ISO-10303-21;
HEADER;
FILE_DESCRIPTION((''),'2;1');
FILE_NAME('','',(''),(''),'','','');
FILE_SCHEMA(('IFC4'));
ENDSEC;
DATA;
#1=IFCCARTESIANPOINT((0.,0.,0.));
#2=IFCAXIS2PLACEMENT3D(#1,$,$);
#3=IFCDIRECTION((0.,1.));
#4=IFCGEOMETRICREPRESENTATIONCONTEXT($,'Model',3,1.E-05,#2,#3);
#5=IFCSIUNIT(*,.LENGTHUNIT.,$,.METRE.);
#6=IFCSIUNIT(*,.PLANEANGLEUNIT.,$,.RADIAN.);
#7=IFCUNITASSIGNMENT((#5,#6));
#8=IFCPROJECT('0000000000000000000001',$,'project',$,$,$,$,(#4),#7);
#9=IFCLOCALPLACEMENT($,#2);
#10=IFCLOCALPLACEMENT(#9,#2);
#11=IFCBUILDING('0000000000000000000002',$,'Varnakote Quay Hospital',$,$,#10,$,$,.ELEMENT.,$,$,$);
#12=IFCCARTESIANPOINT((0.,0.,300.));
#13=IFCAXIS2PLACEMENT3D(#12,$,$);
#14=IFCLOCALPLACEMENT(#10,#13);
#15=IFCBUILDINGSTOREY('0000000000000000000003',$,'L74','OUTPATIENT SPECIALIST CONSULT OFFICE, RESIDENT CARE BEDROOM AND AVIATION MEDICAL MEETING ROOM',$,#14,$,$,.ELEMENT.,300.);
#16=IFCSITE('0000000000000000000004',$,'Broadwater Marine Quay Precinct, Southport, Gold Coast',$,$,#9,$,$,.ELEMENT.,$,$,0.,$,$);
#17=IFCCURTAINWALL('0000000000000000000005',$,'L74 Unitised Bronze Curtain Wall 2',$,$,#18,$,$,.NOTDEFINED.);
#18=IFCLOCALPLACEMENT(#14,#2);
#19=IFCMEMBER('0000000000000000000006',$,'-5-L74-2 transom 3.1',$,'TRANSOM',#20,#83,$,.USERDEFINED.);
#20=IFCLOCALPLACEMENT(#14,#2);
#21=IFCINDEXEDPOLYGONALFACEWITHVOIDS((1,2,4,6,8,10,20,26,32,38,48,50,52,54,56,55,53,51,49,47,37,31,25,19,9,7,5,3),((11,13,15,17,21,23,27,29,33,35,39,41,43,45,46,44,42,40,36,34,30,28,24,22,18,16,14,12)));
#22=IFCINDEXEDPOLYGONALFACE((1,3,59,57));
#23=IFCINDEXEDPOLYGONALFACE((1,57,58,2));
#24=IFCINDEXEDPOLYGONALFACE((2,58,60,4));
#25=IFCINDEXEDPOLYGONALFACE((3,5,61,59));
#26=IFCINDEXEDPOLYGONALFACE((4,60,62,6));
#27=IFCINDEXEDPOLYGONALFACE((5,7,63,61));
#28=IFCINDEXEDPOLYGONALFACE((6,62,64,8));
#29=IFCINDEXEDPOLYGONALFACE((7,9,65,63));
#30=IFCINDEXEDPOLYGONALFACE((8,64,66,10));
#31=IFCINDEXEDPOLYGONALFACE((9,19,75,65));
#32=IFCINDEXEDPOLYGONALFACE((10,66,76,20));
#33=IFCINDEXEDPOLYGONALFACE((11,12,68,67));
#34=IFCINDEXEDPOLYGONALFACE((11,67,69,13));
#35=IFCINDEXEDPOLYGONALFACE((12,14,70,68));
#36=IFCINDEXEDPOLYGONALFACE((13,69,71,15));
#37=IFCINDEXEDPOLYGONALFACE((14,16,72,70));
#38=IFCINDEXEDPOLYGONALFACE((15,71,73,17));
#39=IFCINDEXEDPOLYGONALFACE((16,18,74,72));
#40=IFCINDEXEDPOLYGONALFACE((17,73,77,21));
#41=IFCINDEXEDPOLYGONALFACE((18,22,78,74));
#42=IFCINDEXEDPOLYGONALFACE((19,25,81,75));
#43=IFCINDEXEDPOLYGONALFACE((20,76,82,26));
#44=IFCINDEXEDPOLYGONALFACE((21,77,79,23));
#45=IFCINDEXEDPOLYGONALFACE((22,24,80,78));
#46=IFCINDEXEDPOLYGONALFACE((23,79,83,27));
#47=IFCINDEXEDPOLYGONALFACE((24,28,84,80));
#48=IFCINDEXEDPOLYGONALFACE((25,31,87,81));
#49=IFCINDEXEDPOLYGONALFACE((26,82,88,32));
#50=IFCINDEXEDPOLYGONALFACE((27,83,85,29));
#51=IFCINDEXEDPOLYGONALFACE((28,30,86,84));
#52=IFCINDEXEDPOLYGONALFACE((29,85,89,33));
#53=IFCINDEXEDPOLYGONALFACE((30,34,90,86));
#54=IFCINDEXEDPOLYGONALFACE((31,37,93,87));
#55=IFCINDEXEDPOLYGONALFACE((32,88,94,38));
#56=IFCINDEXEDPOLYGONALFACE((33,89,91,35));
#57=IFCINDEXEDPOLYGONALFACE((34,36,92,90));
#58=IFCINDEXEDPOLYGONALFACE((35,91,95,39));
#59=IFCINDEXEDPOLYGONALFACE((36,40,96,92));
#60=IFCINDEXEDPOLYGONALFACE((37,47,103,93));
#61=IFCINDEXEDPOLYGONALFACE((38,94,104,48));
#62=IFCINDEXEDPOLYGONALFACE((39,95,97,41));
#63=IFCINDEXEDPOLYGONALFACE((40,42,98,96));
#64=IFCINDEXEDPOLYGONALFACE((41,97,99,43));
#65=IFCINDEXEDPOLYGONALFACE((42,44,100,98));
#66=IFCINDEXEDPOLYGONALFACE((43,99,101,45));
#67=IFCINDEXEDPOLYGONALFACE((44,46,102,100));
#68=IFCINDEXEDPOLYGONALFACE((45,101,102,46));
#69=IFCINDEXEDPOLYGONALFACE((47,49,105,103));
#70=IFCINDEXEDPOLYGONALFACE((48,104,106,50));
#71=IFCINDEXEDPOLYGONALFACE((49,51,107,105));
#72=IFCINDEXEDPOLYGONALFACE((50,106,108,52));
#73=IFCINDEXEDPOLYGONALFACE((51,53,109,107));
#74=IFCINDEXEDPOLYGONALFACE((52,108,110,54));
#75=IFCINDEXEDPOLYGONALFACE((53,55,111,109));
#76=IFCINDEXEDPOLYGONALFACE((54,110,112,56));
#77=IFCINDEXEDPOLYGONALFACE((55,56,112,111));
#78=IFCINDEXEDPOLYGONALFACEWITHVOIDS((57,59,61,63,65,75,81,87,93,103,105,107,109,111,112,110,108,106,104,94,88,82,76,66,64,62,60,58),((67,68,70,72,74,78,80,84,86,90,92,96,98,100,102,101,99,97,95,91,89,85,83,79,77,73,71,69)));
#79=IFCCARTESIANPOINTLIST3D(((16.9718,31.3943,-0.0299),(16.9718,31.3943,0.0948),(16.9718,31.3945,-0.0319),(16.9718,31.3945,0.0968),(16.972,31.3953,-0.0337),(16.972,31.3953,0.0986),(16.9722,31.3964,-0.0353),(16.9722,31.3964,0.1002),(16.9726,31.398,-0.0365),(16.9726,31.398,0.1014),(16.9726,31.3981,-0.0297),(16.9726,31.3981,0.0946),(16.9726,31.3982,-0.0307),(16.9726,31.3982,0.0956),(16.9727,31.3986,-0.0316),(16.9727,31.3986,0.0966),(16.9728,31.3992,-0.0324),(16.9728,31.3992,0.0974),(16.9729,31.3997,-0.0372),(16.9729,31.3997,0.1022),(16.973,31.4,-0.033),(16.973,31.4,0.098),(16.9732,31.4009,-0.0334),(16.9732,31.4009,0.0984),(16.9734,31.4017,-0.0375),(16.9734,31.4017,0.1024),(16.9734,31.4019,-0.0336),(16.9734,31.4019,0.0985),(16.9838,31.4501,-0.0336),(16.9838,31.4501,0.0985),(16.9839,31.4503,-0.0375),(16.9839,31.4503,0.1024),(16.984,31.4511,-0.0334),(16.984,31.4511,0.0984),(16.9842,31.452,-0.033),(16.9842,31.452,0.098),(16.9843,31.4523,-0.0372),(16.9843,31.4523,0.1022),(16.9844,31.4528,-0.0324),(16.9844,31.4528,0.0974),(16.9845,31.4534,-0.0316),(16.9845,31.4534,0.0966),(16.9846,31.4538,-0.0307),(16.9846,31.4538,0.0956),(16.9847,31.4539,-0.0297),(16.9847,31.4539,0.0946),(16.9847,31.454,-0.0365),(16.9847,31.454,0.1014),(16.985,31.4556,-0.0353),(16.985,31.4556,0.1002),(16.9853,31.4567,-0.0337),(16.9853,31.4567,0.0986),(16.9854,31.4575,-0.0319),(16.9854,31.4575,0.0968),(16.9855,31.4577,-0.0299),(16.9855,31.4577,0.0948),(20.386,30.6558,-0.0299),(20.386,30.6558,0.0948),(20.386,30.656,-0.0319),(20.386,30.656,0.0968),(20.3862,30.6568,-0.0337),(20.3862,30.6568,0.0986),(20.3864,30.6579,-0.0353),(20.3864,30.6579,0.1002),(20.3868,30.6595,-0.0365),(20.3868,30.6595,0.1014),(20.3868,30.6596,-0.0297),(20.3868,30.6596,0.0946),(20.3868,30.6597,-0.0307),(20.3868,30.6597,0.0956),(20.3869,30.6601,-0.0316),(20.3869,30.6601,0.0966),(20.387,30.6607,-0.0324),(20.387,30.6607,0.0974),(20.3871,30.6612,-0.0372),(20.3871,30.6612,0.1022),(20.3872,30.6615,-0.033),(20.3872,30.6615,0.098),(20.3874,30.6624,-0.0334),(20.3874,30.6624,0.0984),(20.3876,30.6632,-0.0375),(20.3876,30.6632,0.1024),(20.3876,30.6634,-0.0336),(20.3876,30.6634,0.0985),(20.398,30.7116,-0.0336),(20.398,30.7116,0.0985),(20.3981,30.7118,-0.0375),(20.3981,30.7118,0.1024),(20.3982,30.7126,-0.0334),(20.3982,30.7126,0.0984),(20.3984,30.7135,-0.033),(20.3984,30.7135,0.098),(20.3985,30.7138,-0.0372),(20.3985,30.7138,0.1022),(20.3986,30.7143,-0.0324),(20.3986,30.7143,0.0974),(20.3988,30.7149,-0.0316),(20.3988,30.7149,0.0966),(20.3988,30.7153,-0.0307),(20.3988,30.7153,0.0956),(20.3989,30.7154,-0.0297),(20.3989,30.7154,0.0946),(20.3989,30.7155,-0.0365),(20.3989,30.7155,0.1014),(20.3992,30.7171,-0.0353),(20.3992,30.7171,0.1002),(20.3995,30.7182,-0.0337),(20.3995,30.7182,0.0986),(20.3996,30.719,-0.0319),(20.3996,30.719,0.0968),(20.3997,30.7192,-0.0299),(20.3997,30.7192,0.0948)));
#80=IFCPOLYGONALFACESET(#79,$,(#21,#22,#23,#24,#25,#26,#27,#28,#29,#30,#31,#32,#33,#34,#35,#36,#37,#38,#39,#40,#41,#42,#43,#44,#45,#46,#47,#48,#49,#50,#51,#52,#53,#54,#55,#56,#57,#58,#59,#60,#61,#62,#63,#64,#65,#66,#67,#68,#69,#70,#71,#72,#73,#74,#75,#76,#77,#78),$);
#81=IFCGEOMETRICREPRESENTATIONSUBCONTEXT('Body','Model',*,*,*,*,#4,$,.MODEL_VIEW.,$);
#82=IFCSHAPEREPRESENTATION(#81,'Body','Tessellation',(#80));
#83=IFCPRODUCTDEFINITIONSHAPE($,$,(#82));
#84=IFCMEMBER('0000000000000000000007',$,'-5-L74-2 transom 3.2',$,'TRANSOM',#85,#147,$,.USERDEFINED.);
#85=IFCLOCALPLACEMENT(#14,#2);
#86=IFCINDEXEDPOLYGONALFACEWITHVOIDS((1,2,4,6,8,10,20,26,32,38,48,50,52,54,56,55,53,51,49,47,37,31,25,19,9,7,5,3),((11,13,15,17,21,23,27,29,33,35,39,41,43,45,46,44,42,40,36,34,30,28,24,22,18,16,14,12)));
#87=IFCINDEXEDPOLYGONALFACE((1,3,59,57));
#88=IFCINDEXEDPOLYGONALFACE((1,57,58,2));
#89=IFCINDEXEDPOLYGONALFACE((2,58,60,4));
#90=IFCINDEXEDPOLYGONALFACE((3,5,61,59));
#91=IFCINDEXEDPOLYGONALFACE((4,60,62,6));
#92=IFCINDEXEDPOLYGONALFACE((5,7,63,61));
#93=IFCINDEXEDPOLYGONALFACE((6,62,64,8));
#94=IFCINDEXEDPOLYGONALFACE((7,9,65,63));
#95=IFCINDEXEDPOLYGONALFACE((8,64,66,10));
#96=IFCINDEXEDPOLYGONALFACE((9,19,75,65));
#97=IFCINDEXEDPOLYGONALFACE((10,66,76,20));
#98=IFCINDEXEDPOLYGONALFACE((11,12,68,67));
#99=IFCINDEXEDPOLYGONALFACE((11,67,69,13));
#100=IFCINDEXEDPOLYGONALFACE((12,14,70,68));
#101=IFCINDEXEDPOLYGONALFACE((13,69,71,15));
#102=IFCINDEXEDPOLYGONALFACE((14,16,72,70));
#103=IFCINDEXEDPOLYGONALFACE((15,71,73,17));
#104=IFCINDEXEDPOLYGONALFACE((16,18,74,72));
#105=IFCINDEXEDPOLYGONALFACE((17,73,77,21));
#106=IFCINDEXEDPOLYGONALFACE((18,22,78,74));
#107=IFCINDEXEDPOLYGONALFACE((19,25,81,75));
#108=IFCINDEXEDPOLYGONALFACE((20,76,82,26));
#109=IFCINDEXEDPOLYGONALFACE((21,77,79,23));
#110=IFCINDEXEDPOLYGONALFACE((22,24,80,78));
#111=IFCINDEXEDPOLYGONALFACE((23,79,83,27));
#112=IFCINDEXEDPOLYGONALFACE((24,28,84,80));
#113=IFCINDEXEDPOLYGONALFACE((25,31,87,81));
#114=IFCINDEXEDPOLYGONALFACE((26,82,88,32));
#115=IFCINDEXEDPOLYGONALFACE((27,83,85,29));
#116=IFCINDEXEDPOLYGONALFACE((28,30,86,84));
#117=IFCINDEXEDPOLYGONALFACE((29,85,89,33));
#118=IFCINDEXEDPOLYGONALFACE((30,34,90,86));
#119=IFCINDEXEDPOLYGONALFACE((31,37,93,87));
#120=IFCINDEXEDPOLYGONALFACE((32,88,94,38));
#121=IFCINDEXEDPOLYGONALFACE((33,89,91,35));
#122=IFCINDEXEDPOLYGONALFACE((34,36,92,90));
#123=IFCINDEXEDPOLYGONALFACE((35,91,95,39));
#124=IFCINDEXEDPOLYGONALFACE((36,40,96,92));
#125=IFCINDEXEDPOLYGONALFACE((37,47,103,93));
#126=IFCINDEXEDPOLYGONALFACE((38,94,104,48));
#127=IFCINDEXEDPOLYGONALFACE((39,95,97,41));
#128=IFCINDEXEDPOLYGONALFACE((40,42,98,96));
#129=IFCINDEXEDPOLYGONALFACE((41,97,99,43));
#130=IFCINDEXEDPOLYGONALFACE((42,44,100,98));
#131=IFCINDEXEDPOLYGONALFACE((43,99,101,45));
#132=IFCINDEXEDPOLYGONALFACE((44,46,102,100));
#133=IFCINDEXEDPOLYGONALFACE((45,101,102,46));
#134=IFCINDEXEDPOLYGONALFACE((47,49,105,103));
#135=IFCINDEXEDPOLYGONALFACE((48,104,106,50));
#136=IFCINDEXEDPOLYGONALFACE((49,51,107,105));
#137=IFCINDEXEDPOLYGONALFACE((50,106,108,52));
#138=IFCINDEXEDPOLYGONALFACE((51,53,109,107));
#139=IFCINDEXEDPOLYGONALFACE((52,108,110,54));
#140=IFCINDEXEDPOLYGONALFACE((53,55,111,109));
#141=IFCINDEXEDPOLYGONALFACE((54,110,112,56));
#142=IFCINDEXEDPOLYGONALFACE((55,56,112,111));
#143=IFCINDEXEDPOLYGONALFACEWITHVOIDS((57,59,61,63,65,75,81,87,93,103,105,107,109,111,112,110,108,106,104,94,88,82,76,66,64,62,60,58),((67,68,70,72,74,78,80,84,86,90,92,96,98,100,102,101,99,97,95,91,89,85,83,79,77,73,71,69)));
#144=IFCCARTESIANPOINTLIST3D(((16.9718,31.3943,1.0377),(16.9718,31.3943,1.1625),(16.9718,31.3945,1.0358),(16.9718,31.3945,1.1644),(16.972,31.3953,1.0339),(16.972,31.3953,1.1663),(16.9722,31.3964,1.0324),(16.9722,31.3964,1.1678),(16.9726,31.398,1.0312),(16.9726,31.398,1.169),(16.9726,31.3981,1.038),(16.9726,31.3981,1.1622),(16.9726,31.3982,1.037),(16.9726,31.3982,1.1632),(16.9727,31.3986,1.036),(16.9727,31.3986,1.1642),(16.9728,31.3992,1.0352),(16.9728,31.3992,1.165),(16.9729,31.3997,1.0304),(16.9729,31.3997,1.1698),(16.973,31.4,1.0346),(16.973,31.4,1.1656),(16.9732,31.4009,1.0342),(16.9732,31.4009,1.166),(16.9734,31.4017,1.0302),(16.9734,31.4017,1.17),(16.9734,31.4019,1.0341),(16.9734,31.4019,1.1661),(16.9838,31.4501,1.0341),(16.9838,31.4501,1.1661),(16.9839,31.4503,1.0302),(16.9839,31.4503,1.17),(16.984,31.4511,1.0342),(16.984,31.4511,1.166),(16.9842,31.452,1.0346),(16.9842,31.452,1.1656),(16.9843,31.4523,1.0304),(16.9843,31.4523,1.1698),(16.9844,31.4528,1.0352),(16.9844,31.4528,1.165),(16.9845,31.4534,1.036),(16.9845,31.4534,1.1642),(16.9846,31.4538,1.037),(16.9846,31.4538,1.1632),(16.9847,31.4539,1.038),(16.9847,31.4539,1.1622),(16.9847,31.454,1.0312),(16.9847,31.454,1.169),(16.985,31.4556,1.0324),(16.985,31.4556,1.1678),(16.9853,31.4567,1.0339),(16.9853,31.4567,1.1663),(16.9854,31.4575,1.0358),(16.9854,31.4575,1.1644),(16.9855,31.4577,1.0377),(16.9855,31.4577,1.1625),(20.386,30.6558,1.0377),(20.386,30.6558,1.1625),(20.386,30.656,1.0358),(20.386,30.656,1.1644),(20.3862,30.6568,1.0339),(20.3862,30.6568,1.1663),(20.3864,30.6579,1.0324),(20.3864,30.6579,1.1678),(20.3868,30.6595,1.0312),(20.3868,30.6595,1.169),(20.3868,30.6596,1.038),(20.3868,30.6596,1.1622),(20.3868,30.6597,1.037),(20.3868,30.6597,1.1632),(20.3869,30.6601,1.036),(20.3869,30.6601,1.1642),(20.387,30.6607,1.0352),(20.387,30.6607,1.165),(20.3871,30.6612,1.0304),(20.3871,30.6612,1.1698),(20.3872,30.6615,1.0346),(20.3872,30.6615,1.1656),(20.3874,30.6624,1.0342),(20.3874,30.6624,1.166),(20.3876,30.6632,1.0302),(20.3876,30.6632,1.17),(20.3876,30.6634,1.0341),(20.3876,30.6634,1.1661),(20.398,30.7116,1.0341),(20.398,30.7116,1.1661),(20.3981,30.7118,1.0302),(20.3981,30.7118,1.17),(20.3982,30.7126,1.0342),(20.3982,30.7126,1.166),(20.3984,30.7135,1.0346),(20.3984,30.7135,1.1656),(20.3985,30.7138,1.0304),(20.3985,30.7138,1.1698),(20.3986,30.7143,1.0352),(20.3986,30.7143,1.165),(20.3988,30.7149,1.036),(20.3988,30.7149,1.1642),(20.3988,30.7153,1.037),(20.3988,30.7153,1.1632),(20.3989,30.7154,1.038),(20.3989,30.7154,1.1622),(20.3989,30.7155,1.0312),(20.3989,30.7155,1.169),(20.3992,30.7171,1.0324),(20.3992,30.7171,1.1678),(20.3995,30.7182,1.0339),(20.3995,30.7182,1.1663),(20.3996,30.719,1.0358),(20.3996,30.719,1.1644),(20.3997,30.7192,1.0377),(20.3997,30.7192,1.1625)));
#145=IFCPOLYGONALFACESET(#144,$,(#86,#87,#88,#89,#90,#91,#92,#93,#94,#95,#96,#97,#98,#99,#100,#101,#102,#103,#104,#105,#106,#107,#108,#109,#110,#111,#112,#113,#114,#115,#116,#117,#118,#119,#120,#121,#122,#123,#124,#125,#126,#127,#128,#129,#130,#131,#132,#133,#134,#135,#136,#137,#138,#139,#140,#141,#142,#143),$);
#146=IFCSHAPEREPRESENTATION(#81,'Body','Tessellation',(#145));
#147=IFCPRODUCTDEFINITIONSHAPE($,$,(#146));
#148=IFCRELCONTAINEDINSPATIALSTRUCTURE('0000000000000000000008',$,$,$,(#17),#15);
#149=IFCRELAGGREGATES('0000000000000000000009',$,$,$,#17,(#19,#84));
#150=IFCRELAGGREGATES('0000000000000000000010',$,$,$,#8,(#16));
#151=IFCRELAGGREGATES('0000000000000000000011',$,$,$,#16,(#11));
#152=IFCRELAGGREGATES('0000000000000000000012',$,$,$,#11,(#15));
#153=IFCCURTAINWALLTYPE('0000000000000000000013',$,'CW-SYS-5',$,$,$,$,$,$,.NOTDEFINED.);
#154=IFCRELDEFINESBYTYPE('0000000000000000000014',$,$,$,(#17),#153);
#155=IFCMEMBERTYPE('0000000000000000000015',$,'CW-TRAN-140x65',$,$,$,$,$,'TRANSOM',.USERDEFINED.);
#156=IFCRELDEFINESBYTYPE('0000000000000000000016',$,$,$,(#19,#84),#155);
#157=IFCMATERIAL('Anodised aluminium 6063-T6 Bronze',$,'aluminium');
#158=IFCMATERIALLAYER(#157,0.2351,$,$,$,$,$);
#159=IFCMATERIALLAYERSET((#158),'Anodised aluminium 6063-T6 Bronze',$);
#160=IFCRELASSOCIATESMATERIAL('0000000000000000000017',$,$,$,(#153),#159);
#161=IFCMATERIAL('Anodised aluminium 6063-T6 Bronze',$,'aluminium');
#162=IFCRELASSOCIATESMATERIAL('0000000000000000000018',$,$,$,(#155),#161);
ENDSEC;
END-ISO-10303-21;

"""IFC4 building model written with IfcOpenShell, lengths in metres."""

from ifc_helpers import new_model, si_unit, direction, frame, origin, origin_2d, place, context, subcontext, project, spatial, hollow_rectangle, extrude, material, layer, layer_set, material_profile, profile_set, type_object, element, aggregate, save


model = new_model("IFC4")

# Units and contexts
model_context = context("Model", 3, precision=1e-05, world=origin(), true_north=direction((0.0, 1.0)))
body_context = subcontext(model_context, "Body", "Model", "MODEL_VIEW")
ifc_project = project(units=[si_unit("LENGTHUNIT", "METRE"), si_unit("PLANEANGLEUNIT", "RADIAN")], contexts=[model_context])

# Site, building, storey
site_placement = place(None, origin())
site = spatial("IfcSite", under=ifc_project, at=site_placement, Name="Broadwater Marine Quay Precinct, Southport, Gold Coast", CompositionType="ELEMENT", RefElevation=0.0)
building_placement = place(site_placement, origin())
building = spatial("IfcBuilding", under=site, at=building_placement, Name="Varnakote Quay Hospital", CompositionType="ELEMENT")
storey_placement = place(building_placement, frame((0.0, 0.0, 300.0)))
storey = spatial("IfcBuildingStorey", under=building, at=storey_placement, Name="L74", Description="OUTPATIENT SPECIALIST CONSULT OFFICE, RESIDENT CARE BEDROOM AND AVIATION MEDICAL MEETING ROOM", CompositionType="ELEMENT", Elevation=300.0)

# Shared definitions
ifc_material_1 = material(Name="Anodised aluminium 6063-T6 Bronze", Category="aluminium")
ifc_layer_1 = layer(ifc_material_1, 0.2351)
ifc_layer_set_1 = layer_set([ifc_layer_1], Name="Anodised aluminium 6063-T6 Bronze")
curtain_wall_type = type_object("IfcCurtainWallType", Name="CW-SYS-5", PredefinedType="NOTDEFINED", material=ifc_layer_set_1)

# Curtain wall, members
curtain_wall_1_placement = place(storey_placement, origin())
curtain_wall_1 = element("IfcCurtainWall", 1, at=curtain_wall_1_placement, inside=storey, type_object=curtain_wall_type, Name="L74 Unitised Bronze Curtain Wall 2", PredefinedType="NOTDEFINED")
ifc_material_2 = material(Name="Anodised aluminium 6063-T6 Bronze", Category="aluminium")
ifc_material_profile_1 = material_profile(ifc_material_2, hollow_rectangle(XDim=0.0649, YDim=0.1399, WallThickness=0.0039, InnerFilletRadius=0.0039, OuterFilletRadius=0.0076, at=origin_2d()), Name="CW-TRAN-140x65")
ifc_profile_set_1 = profile_set([ifc_material_profile_1], Name="Anodised aluminium 6063-T6 Bronze")
member_type_1 = type_object("IfcMemberType", Name="CW-TRAN-140x65", ElementType="TRANSOM", PredefinedType="USERDEFINED", material=ifc_profile_set_1)
member_1_placement = place(storey_placement, frame((20.3928, 30.6875, 0.0325), z_axis=(-0.977397, 0.211414, 0.0), x_axis=(-0.211414, -0.977397, 0.0)))
member_1 = element("IfcMember", 2, at=member_1_placement, type_object=member_type_1, Name="-5-L74-2 transom 3.1", ObjectType="TRANSOM", PredefinedType="USERDEFINED", context=body_context, shape_type="SweptSolid", body=[
    extrude(hollow_rectangle(XDim=0.0649, YDim=0.1399, WallThickness=0.0039, InnerFilletRadius=0.0039, OuterFilletRadius=0.0076, at=origin_2d()), origin(), (0.0, 0.0, 1.0), 3.4932),
])
member_2_placement = place(storey_placement, frame((20.3928, 30.6875, 1.1001), z_axis=(-0.977397, 0.211414, 0.0), x_axis=(-0.211414, -0.977397, 0.0)))
member_2 = element("IfcMember", 3, at=member_2_placement, type_object=member_type_1, Name="-5-L74-2 transom 3.2", ObjectType="TRANSOM", PredefinedType="USERDEFINED", context=body_context, shape_type="SweptSolid", body=[
    extrude(hollow_rectangle(XDim=0.0649, YDim=0.1399, WallThickness=0.0039, InnerFilletRadius=0.0039, OuterFilletRadius=0.0076, at=origin_2d()), origin(), (0.0, 0.0, 1.0), 3.4932),
])
aggregate(curtain_wall_1, [member_1, member_2])

save(model, "model.ifc")
